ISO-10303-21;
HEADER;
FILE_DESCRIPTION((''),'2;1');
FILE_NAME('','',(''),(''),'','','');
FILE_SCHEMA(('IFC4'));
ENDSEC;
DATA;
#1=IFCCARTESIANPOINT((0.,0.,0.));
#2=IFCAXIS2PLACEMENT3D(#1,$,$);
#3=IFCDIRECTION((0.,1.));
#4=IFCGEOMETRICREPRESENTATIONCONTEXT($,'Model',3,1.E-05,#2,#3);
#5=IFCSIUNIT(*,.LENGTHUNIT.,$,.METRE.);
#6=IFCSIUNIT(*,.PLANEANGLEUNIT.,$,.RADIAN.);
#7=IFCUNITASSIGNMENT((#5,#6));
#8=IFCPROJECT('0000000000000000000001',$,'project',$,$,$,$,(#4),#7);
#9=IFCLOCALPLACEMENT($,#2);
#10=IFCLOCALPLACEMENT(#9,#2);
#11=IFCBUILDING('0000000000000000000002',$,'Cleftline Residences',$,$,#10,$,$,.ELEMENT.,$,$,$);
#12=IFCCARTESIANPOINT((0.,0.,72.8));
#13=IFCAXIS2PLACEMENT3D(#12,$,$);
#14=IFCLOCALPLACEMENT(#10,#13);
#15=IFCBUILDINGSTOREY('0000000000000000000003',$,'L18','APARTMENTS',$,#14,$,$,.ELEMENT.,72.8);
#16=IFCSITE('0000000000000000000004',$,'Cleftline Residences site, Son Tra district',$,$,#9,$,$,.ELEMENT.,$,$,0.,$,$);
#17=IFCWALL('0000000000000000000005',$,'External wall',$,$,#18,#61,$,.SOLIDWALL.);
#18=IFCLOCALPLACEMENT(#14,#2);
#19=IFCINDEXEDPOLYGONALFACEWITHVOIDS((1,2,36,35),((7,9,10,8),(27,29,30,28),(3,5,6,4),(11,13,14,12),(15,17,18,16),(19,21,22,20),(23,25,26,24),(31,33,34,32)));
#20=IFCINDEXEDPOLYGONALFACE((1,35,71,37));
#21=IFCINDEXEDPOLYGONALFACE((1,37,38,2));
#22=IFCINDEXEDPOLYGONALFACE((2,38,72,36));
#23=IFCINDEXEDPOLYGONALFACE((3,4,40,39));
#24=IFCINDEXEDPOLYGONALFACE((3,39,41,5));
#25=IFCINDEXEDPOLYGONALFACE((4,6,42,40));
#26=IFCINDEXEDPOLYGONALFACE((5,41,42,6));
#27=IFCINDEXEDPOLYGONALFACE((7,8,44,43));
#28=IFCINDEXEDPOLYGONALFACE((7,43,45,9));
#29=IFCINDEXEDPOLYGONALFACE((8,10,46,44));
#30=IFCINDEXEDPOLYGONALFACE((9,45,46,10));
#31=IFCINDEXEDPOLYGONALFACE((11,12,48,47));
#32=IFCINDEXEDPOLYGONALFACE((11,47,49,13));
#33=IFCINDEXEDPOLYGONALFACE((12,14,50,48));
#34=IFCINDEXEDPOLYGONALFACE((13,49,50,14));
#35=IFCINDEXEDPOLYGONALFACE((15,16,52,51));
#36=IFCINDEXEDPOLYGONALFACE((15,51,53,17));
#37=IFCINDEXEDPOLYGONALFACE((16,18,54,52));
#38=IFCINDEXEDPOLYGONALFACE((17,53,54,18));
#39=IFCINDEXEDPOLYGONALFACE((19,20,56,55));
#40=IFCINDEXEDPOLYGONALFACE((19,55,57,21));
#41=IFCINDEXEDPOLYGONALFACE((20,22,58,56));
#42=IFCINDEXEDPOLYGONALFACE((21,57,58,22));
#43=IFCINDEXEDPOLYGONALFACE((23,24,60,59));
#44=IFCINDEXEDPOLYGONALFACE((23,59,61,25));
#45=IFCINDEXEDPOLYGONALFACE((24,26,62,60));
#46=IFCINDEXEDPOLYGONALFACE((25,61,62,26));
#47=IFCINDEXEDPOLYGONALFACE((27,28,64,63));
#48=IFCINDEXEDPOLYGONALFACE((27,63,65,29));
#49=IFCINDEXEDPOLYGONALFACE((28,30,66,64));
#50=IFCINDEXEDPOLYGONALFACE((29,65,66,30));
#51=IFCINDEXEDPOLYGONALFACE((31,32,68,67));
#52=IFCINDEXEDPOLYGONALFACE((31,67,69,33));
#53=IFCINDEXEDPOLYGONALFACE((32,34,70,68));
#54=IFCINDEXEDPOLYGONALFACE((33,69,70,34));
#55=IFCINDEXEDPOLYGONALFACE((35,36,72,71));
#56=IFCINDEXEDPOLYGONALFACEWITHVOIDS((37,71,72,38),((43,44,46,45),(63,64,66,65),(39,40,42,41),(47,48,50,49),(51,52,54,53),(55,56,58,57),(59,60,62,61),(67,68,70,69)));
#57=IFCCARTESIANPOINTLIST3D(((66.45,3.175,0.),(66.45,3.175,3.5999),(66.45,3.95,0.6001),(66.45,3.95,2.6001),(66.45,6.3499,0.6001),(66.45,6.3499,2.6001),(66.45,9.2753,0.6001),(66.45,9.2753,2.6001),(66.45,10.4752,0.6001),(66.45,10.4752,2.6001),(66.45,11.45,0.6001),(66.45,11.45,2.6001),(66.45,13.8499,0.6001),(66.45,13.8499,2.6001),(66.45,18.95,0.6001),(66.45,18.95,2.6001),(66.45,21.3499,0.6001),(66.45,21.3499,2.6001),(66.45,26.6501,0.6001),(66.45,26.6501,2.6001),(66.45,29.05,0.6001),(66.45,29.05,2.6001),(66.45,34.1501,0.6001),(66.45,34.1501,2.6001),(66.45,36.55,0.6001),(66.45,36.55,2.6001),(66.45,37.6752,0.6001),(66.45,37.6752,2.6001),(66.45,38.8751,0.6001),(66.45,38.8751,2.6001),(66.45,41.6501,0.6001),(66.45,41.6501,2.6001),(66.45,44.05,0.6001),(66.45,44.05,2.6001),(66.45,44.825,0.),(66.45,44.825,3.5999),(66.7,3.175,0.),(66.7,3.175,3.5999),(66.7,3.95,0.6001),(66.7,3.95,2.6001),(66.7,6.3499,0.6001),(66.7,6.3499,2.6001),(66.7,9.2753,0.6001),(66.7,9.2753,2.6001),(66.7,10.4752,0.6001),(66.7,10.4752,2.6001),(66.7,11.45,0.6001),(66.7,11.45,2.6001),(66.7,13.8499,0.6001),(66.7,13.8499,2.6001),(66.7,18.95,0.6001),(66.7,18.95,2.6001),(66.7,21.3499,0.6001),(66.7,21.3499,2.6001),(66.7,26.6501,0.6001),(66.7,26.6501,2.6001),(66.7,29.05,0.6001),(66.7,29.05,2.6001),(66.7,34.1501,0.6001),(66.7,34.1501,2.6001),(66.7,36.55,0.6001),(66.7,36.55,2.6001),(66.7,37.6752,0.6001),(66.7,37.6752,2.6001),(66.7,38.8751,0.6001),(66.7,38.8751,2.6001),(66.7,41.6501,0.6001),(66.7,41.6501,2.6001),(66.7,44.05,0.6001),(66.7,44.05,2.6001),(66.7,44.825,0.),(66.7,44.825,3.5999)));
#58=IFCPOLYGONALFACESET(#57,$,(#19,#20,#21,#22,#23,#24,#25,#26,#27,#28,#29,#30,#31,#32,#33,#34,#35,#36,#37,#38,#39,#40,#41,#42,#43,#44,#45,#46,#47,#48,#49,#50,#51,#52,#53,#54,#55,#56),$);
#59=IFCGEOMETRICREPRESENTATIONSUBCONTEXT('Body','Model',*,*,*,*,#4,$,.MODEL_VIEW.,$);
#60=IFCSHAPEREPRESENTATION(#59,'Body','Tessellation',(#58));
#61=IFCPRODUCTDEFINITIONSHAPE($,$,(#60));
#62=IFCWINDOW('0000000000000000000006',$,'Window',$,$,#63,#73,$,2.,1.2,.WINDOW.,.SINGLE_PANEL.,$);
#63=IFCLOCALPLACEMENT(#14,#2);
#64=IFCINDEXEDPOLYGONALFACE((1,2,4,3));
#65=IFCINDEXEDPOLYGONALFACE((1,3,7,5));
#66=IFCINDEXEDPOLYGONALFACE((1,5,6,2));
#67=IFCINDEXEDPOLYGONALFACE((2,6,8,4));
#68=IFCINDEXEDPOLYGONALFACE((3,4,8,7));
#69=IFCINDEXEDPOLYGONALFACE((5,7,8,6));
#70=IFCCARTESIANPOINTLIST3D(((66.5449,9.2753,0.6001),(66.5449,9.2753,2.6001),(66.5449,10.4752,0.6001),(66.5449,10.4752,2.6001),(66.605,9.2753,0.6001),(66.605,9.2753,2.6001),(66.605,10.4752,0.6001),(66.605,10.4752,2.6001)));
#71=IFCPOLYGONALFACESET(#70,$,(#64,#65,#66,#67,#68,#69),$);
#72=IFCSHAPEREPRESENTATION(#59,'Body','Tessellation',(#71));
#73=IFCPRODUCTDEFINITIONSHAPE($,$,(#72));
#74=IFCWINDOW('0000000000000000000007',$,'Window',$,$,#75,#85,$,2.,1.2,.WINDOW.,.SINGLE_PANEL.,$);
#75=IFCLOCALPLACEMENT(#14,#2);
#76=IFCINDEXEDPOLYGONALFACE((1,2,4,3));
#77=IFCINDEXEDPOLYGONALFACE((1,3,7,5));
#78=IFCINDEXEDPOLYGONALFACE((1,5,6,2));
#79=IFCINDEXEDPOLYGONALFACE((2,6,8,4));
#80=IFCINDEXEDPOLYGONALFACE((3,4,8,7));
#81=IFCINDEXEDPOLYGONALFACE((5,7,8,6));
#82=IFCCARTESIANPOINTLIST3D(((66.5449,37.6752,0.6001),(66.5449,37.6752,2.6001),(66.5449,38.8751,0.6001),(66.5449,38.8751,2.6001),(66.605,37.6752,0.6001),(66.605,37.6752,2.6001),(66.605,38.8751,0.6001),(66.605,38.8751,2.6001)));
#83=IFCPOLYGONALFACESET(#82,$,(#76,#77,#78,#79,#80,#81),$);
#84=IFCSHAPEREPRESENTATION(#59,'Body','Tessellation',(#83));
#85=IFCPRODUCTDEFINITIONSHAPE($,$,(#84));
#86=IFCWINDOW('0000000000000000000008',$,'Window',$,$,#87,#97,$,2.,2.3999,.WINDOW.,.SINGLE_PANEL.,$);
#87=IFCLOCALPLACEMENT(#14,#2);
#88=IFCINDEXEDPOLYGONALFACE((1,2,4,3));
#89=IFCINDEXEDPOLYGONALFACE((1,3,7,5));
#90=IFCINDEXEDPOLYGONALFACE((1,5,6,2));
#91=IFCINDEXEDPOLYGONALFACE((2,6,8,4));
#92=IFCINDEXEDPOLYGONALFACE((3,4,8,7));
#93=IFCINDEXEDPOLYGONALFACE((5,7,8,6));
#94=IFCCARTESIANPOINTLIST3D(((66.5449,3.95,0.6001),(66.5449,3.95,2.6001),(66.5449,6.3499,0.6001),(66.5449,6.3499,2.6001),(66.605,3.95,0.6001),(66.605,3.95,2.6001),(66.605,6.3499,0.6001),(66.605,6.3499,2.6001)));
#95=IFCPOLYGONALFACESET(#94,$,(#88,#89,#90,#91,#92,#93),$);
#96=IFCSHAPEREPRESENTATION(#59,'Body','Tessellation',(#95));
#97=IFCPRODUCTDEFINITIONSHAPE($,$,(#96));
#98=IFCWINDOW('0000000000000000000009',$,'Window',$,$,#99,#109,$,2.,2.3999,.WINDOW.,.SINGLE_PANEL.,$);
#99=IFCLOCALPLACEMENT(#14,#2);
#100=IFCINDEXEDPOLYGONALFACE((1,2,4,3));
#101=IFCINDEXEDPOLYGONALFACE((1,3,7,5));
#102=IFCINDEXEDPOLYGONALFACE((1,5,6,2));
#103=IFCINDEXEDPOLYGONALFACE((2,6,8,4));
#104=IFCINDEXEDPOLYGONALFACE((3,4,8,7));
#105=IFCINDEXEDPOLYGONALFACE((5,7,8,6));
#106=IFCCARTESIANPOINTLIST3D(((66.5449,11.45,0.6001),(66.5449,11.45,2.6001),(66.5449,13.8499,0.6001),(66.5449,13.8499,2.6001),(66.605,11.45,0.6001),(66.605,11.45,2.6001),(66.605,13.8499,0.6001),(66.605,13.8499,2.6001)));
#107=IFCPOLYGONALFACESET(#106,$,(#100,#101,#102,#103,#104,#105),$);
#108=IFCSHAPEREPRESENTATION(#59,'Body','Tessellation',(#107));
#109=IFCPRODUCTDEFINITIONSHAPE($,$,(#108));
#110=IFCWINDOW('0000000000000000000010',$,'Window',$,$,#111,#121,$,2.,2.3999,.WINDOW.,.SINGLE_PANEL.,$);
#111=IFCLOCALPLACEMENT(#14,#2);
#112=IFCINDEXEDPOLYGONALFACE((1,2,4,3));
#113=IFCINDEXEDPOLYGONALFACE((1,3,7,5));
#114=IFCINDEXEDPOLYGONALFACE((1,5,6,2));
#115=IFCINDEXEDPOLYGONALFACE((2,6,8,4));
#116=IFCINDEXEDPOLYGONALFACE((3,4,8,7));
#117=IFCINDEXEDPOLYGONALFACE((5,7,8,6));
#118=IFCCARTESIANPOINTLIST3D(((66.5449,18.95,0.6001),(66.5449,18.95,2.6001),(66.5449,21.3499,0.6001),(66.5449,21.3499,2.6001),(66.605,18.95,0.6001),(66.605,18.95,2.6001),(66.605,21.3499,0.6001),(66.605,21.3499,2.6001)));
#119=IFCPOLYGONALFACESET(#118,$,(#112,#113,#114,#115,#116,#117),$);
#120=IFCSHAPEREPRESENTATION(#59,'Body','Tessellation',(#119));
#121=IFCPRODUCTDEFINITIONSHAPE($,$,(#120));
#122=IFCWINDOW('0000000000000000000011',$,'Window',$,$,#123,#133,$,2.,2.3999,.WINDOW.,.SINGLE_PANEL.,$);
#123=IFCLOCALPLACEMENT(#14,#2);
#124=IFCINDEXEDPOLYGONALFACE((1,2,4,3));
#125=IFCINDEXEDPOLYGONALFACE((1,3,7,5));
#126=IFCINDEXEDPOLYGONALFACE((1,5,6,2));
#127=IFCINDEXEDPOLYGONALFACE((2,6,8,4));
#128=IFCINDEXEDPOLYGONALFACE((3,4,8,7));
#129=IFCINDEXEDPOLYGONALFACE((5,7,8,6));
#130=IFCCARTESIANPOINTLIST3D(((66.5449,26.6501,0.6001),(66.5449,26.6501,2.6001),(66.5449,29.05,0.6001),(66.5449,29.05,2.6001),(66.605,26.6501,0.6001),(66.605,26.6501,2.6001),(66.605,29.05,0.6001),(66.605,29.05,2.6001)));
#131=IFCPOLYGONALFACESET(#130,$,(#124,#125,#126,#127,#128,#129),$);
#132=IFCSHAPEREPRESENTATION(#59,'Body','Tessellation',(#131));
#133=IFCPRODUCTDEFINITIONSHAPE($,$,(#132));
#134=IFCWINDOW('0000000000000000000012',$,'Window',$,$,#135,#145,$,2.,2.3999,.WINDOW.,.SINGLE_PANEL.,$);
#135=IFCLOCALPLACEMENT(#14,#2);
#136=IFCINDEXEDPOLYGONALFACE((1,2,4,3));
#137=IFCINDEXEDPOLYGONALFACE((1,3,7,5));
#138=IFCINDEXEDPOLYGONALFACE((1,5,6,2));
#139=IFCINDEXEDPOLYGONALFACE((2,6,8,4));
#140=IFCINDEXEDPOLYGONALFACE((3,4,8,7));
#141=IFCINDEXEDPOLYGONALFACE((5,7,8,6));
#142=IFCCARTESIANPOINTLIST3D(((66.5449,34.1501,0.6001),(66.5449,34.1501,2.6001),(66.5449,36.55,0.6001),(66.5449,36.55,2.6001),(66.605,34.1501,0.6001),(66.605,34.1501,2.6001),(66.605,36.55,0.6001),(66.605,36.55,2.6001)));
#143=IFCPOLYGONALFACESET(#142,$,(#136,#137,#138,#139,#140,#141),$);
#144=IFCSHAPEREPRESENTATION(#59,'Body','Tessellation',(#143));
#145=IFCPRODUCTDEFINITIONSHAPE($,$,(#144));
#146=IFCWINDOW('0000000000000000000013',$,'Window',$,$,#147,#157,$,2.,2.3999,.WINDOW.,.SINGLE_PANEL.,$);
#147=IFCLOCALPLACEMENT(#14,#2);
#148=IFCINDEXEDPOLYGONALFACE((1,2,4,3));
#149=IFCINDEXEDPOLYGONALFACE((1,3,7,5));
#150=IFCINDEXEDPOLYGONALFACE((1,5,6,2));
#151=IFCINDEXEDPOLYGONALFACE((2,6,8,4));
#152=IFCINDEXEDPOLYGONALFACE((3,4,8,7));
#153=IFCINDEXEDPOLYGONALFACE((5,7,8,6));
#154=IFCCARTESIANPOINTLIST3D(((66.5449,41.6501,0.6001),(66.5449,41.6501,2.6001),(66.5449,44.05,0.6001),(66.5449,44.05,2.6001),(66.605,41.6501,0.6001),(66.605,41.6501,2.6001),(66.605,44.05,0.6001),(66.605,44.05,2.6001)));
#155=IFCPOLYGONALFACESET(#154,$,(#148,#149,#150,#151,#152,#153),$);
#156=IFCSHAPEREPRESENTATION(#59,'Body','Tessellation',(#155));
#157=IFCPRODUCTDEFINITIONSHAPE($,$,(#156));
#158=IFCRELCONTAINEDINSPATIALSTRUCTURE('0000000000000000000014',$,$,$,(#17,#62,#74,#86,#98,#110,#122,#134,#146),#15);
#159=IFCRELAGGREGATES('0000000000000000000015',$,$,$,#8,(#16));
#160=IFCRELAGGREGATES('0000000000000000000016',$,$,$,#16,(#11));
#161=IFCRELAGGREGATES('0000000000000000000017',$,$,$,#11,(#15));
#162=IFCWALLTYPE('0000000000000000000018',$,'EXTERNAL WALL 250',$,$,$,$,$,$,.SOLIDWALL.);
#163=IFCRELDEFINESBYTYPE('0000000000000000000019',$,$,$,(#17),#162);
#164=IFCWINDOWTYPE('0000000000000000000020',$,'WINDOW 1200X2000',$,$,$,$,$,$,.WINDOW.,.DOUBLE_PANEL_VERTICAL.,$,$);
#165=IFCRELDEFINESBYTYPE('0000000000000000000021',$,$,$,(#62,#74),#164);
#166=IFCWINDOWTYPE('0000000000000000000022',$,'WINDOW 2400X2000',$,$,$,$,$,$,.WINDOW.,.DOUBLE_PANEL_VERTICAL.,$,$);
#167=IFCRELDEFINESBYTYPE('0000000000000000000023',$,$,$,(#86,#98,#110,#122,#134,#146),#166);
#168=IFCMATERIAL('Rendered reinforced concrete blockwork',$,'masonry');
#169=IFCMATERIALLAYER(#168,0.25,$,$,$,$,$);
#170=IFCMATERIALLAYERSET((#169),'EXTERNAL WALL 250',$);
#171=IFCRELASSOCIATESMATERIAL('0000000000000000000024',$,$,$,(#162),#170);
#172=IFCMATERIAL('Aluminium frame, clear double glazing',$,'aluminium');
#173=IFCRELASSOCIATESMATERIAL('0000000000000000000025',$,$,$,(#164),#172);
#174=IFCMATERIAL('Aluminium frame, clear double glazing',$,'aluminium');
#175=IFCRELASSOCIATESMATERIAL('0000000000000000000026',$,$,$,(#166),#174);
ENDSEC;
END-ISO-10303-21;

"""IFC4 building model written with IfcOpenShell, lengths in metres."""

from ifc_helpers import new_model, si_unit, direction, frame, frame_2d, origin, place, context, subcontext, project, spatial, rectangle, extrude, material, layer, layer_set, type_object, element, fill, save


model = new_model("IFC4")

# Units and contexts
model_context = context("Model", 3, precision=1e-05, world=origin(), true_north=direction((0.0, 1.0)))
body_context = subcontext(model_context, "Body", "Model", "MODEL_VIEW")
ifc_project = project(units=[si_unit("LENGTHUNIT", "METRE"), si_unit("PLANEANGLEUNIT", "RADIAN")], contexts=[model_context])

# Site, building, storey
site_placement = place(None, origin())
site = spatial("IfcSite", under=ifc_project, at=site_placement, Name="Cleftline Residences site, Son Tra district", CompositionType="ELEMENT", RefElevation=0.0)
building_placement = place(site_placement, origin())
building = spatial("IfcBuilding", under=site, at=building_placement, Name="Cleftline Residences", CompositionType="ELEMENT")
storey_placement = place(building_placement, frame((0.0, 0.0, 72.8)))
storey = spatial("IfcBuildingStorey", under=building, at=storey_placement, Name="L18", Description="APARTMENTS", CompositionType="ELEMENT", Elevation=72.8)

# Wall, openings, windows
ifc_material_1 = material(Name="Rendered reinforced concrete blockwork", Category="masonry")
ifc_layer_1 = layer(ifc_material_1, 0.25)
ifc_layer_set_1 = layer_set([ifc_layer_1], Name="EXTERNAL WALL 250")
wall_type_1 = type_object("IfcWallType", Name="EXTERNAL WALL 250", PredefinedType="SOLIDWALL", material=ifc_layer_set_1)
ifc_material_2 = material(Name="Aluminium frame, clear double glazing", Category="aluminium")
window_type_1 = type_object("IfcWindowType", Name="WINDOW 1200X2000", PartitioningType="DOUBLE_PANEL_VERTICAL", PredefinedType="WINDOW", material=ifc_material_2)
wall_1_placement = place(storey_placement, frame((66.575, 3.175, 0.0), z_axis=(0.0, 0.0, 1.0), x_axis=(0.0, 1.0, 0.0)))
wall_1 = element("IfcWall", 1, at=wall_1_placement, inside=storey, type_object=wall_type_1, Name="External wall", PredefinedType="SOLIDWALL", context=body_context, shape_type="SweptSolid", body=[
    extrude(rectangle(XDim=41.6499, YDim=0.25, at=frame_2d((20.825, 0.0))), origin(), (0.0, 0.0, 1.0), 3.5999),
])
opening_1_placement = place(wall_1_placement, frame((0.7749, 0.0, 0.6001)))
opening_1 = element("IfcOpeningElement", 2, at=opening_1_placement, cuts=wall_1, PredefinedType="OPENING", context=body_context, shape_type="SweptSolid", body=[
    extrude(rectangle(XDim=2.3999, YDim=2.0, at=frame_2d((1.2, 1.0))), frame((0.0, 0.135, 0.0), z_axis=(0.0, -1.0, 0.0), x_axis=(1.0, 0.0, 0.0)), (0.0, 0.0, 1.0), 0.27),
])
opening_2_placement = place(wall_1_placement, frame((6.1001, 0.0, 0.6001)))
opening_2 = element("IfcOpeningElement", 3, at=opening_2_placement, cuts=wall_1, PredefinedType="OPENING", context=body_context, shape_type="SweptSolid", body=[
    extrude(rectangle(XDim=1.2, YDim=2.0, at=frame_2d((0.6001, 1.0))), frame((0.0, 0.135, 0.0), z_axis=(0.0, -1.0, 0.0), x_axis=(1.0, 0.0, 0.0)), (0.0, 0.0, 1.0), 0.27),
])
opening_3_placement = place(wall_1_placement, frame((8.2749, 0.0, 0.6001)))
opening_3 = element("IfcOpeningElement", 4, at=opening_3_placement, cuts=wall_1, PredefinedType="OPENING", context=body_context, shape_type="SweptSolid", body=[
    extrude(rectangle(XDim=2.3999, YDim=2.0, at=frame_2d((1.2, 1.0))), frame((0.0, 0.135, 0.0), z_axis=(0.0, -1.0, 0.0), x_axis=(1.0, 0.0, 0.0)), (0.0, 0.0, 1.0), 0.27),
])
opening_4_placement = place(wall_1_placement, frame((15.7749, 0.0, 0.6001)))
opening_4 = element("IfcOpeningElement", 5, at=opening_4_placement, cuts=wall_1, PredefinedType="OPENING", context=body_context, shape_type="SweptSolid", body=[
    extrude(rectangle(XDim=2.3999, YDim=2.0, at=frame_2d((1.2, 1.0))), frame((0.0, 0.135, 0.0), z_axis=(0.0, -1.0, 0.0), x_axis=(1.0, 0.0, 0.0)), (0.0, 0.0, 1.0), 0.27),
])
opening_5_placement = place(wall_1_placement, frame((23.4751, 0.0, 0.6001)))
opening_5 = element("IfcOpeningElement", 6, at=opening_5_placement, cuts=wall_1, PredefinedType="OPENING", context=body_context, shape_type="SweptSolid", body=[
    extrude(rectangle(XDim=2.3999, YDim=2.0, at=frame_2d((1.2, 1.0))), frame((0.0, 0.135, 0.0), z_axis=(0.0, -1.0, 0.0), x_axis=(1.0, 0.0, 0.0)), (0.0, 0.0, 1.0), 0.27),
])
opening_6_placement = place(wall_1_placement, frame((30.9751, 0.0, 0.6001)))
opening_6 = element("IfcOpeningElement", 7, at=opening_6_placement, cuts=wall_1, PredefinedType="OPENING", context=body_context, shape_type="SweptSolid", body=[
    extrude(rectangle(XDim=2.3999, YDim=2.0, at=frame_2d((1.2, 1.0))), frame((0.0, 0.135, 0.0), z_axis=(0.0, -1.0, 0.0), x_axis=(1.0, 0.0, 0.0)), (0.0, 0.0, 1.0), 0.27),
])
opening_7_placement = place(wall_1_placement, frame((34.5, 0.0, 0.6001)))
opening_7 = element("IfcOpeningElement", 8, at=opening_7_placement, cuts=wall_1, PredefinedType="OPENING", context=body_context, shape_type="SweptSolid", body=[
    extrude(rectangle(XDim=1.2, YDim=2.0, at=frame_2d((0.6001, 1.0))), frame((0.0, 0.135, 0.0), z_axis=(0.0, -1.0, 0.0), x_axis=(1.0, 0.0, 0.0)), (0.0, 0.0, 1.0), 0.27),
])
opening_8_placement = place(wall_1_placement, frame((38.4751, 0.0, 0.6001)))
opening_8 = element("IfcOpeningElement", 9, at=opening_8_placement, cuts=wall_1, PredefinedType="OPENING", context=body_context, shape_type="SweptSolid", body=[
    extrude(rectangle(XDim=2.3999, YDim=2.0, at=frame_2d((1.2, 1.0))), frame((0.0, 0.135, 0.0), z_axis=(0.0, -1.0, 0.0), x_axis=(1.0, 0.0, 0.0)), (0.0, 0.0, 1.0), 0.27),
])
window_1_placement = place(opening_2_placement, origin())
window_1 = element("IfcWindow", 10, at=window_1_placement, inside=storey, type_object=window_type_1, Name="Window", OverallHeight=2.0, OverallWidth=1.2, PartitioningType="SINGLE_PANEL", PredefinedType="WINDOW", context=body_context, shape_type="SweptSolid", body=[
    extrude(rectangle(XDim=1.2, YDim=2.0, at=frame_2d((0.6001, 1.0))), frame((0.0, 0.03, 0.0), z_axis=(0.0, -1.0, 0.0), x_axis=(1.0, 0.0, 0.0)), (0.0, 0.0, 1.0), 0.0601),
])
fill(opening_2, window_1)
window_2_placement = place(opening_7_placement, origin())
window_2 = element("IfcWindow", 11, at=window_2_placement, inside=storey, type_object=window_type_1, Name="Window", OverallHeight=2.0, OverallWidth=1.2, PartitioningType="SINGLE_PANEL", PredefinedType="WINDOW", context=body_context, shape_type="SweptSolid", body=[
    extrude(rectangle(XDim=1.2, YDim=2.0, at=frame_2d((0.6001, 1.0))), frame((0.0, 0.03, 0.0), z_axis=(0.0, -1.0, 0.0), x_axis=(1.0, 0.0, 0.0)), (0.0, 0.0, 1.0), 0.0601),
])
fill(opening_7, window_2)
ifc_material_3 = material(Name="Aluminium frame, clear double glazing", Category="aluminium")
window_type_2 = type_object("IfcWindowType", Name="WINDOW 2400X2000", PartitioningType="DOUBLE_PANEL_VERTICAL", PredefinedType="WINDOW", material=ifc_material_3)
window_3_placement = place(opening_1_placement, origin())
window_3 = element("IfcWindow", 12, at=window_3_placement, inside=storey, type_object=window_type_2, Name="Window", OverallHeight=2.0, OverallWidth=2.3999, PartitioningType="SINGLE_PANEL", PredefinedType="WINDOW", context=body_context, shape_type="SweptSolid", body=[
    extrude(rectangle(XDim=2.3999, YDim=2.0, at=frame_2d((1.2, 1.0))), frame((0.0, 0.03, 0.0), z_axis=(0.0, -1.0, 0.0), x_axis=(1.0, 0.0, 0.0)), (0.0, 0.0, 1.0), 0.0601),
])
fill(opening_1, window_3)
window_4_placement = place(opening_3_placement, origin())
window_4 = element("IfcWindow", 13, at=window_4_placement, inside=storey, type_object=window_type_2, Name="Window", OverallHeight=2.0, OverallWidth=2.3999, PartitioningType="SINGLE_PANEL", PredefinedType="WINDOW", context=body_context, shape_type="SweptSolid", body=[
    extrude(rectangle(XDim=2.3999, YDim=2.0, at=frame_2d((1.2, 1.0))), frame((0.0, 0.03, 0.0), z_axis=(0.0, -1.0, 0.0), x_axis=(1.0, 0.0, 0.0)), (0.0, 0.0, 1.0), 0.0601),
])
fill(opening_3, window_4)
window_5_placement = place(opening_4_placement, origin())
window_5 = element("IfcWindow", 14, at=window_5_placement, inside=storey, type_object=window_type_2, Name="Window", OverallHeight=2.0, OverallWidth=2.3999, PartitioningType="SINGLE_PANEL", PredefinedType="WINDOW", context=body_context, shape_type="SweptSolid", body=[
    extrude(rectangle(XDim=2.3999, YDim=2.0, at=frame_2d((1.2, 1.0))), frame((0.0, 0.03, 0.0), z_axis=(0.0, -1.0, 0.0), x_axis=(1.0, 0.0, 0.0)), (0.0, 0.0, 1.0), 0.0601),
])
fill(opening_4, window_5)
window_6_placement = place(opening_5_placement, origin())
window_6 = element("IfcWindow", 15, at=window_6_placement, inside=storey, type_object=window_type_2, Name="Window", OverallHeight=2.0, OverallWidth=2.3999, PartitioningType="SINGLE_PANEL", PredefinedType="WINDOW", context=body_context, shape_type="SweptSolid", body=[
    extrude(rectangle(XDim=2.3999, YDim=2.0, at=frame_2d((1.2, 1.0))), frame((0.0, 0.03, 0.0), z_axis=(0.0, -1.0, 0.0), x_axis=(1.0, 0.0, 0.0)), (0.0, 0.0, 1.0), 0.0601),
])
fill(opening_5, window_6)
window_7_placement = place(opening_6_placement, origin())
window_7 = element("IfcWindow", 16, at=window_7_placement, inside=storey, type_object=window_type_2, Name="Window", OverallHeight=2.0, OverallWidth=2.3999, PartitioningType="SINGLE_PANEL", PredefinedType="WINDOW", context=body_context, shape_type="SweptSolid", body=[
    extrude(rectangle(XDim=2.3999, YDim=2.0, at=frame_2d((1.2, 1.0))), frame((0.0, 0.03, 0.0), z_axis=(0.0, -1.0, 0.0), x_axis=(1.0, 0.0, 0.0)), (0.0, 0.0, 1.0), 0.0601),
])
fill(opening_6, window_7)
window_8_placement = place(opening_8_placement, origin())
window_8 = element("IfcWindow", 17, at=window_8_placement, inside=storey, type_object=window_type_2, Name="Window", OverallHeight=2.0, OverallWidth=2.3999, PartitioningType="SINGLE_PANEL", PredefinedType="WINDOW", context=body_context, shape_type="SweptSolid", body=[
    extrude(rectangle(XDim=2.3999, YDim=2.0, at=frame_2d((1.2, 1.0))), frame((0.0, 0.03, 0.0), z_axis=(0.0, -1.0, 0.0), x_axis=(1.0, 0.0, 0.0)), (0.0, 0.0, 1.0), 0.0601),
])
fill(opening_8, window_8)

save(model, "model.ifc")
